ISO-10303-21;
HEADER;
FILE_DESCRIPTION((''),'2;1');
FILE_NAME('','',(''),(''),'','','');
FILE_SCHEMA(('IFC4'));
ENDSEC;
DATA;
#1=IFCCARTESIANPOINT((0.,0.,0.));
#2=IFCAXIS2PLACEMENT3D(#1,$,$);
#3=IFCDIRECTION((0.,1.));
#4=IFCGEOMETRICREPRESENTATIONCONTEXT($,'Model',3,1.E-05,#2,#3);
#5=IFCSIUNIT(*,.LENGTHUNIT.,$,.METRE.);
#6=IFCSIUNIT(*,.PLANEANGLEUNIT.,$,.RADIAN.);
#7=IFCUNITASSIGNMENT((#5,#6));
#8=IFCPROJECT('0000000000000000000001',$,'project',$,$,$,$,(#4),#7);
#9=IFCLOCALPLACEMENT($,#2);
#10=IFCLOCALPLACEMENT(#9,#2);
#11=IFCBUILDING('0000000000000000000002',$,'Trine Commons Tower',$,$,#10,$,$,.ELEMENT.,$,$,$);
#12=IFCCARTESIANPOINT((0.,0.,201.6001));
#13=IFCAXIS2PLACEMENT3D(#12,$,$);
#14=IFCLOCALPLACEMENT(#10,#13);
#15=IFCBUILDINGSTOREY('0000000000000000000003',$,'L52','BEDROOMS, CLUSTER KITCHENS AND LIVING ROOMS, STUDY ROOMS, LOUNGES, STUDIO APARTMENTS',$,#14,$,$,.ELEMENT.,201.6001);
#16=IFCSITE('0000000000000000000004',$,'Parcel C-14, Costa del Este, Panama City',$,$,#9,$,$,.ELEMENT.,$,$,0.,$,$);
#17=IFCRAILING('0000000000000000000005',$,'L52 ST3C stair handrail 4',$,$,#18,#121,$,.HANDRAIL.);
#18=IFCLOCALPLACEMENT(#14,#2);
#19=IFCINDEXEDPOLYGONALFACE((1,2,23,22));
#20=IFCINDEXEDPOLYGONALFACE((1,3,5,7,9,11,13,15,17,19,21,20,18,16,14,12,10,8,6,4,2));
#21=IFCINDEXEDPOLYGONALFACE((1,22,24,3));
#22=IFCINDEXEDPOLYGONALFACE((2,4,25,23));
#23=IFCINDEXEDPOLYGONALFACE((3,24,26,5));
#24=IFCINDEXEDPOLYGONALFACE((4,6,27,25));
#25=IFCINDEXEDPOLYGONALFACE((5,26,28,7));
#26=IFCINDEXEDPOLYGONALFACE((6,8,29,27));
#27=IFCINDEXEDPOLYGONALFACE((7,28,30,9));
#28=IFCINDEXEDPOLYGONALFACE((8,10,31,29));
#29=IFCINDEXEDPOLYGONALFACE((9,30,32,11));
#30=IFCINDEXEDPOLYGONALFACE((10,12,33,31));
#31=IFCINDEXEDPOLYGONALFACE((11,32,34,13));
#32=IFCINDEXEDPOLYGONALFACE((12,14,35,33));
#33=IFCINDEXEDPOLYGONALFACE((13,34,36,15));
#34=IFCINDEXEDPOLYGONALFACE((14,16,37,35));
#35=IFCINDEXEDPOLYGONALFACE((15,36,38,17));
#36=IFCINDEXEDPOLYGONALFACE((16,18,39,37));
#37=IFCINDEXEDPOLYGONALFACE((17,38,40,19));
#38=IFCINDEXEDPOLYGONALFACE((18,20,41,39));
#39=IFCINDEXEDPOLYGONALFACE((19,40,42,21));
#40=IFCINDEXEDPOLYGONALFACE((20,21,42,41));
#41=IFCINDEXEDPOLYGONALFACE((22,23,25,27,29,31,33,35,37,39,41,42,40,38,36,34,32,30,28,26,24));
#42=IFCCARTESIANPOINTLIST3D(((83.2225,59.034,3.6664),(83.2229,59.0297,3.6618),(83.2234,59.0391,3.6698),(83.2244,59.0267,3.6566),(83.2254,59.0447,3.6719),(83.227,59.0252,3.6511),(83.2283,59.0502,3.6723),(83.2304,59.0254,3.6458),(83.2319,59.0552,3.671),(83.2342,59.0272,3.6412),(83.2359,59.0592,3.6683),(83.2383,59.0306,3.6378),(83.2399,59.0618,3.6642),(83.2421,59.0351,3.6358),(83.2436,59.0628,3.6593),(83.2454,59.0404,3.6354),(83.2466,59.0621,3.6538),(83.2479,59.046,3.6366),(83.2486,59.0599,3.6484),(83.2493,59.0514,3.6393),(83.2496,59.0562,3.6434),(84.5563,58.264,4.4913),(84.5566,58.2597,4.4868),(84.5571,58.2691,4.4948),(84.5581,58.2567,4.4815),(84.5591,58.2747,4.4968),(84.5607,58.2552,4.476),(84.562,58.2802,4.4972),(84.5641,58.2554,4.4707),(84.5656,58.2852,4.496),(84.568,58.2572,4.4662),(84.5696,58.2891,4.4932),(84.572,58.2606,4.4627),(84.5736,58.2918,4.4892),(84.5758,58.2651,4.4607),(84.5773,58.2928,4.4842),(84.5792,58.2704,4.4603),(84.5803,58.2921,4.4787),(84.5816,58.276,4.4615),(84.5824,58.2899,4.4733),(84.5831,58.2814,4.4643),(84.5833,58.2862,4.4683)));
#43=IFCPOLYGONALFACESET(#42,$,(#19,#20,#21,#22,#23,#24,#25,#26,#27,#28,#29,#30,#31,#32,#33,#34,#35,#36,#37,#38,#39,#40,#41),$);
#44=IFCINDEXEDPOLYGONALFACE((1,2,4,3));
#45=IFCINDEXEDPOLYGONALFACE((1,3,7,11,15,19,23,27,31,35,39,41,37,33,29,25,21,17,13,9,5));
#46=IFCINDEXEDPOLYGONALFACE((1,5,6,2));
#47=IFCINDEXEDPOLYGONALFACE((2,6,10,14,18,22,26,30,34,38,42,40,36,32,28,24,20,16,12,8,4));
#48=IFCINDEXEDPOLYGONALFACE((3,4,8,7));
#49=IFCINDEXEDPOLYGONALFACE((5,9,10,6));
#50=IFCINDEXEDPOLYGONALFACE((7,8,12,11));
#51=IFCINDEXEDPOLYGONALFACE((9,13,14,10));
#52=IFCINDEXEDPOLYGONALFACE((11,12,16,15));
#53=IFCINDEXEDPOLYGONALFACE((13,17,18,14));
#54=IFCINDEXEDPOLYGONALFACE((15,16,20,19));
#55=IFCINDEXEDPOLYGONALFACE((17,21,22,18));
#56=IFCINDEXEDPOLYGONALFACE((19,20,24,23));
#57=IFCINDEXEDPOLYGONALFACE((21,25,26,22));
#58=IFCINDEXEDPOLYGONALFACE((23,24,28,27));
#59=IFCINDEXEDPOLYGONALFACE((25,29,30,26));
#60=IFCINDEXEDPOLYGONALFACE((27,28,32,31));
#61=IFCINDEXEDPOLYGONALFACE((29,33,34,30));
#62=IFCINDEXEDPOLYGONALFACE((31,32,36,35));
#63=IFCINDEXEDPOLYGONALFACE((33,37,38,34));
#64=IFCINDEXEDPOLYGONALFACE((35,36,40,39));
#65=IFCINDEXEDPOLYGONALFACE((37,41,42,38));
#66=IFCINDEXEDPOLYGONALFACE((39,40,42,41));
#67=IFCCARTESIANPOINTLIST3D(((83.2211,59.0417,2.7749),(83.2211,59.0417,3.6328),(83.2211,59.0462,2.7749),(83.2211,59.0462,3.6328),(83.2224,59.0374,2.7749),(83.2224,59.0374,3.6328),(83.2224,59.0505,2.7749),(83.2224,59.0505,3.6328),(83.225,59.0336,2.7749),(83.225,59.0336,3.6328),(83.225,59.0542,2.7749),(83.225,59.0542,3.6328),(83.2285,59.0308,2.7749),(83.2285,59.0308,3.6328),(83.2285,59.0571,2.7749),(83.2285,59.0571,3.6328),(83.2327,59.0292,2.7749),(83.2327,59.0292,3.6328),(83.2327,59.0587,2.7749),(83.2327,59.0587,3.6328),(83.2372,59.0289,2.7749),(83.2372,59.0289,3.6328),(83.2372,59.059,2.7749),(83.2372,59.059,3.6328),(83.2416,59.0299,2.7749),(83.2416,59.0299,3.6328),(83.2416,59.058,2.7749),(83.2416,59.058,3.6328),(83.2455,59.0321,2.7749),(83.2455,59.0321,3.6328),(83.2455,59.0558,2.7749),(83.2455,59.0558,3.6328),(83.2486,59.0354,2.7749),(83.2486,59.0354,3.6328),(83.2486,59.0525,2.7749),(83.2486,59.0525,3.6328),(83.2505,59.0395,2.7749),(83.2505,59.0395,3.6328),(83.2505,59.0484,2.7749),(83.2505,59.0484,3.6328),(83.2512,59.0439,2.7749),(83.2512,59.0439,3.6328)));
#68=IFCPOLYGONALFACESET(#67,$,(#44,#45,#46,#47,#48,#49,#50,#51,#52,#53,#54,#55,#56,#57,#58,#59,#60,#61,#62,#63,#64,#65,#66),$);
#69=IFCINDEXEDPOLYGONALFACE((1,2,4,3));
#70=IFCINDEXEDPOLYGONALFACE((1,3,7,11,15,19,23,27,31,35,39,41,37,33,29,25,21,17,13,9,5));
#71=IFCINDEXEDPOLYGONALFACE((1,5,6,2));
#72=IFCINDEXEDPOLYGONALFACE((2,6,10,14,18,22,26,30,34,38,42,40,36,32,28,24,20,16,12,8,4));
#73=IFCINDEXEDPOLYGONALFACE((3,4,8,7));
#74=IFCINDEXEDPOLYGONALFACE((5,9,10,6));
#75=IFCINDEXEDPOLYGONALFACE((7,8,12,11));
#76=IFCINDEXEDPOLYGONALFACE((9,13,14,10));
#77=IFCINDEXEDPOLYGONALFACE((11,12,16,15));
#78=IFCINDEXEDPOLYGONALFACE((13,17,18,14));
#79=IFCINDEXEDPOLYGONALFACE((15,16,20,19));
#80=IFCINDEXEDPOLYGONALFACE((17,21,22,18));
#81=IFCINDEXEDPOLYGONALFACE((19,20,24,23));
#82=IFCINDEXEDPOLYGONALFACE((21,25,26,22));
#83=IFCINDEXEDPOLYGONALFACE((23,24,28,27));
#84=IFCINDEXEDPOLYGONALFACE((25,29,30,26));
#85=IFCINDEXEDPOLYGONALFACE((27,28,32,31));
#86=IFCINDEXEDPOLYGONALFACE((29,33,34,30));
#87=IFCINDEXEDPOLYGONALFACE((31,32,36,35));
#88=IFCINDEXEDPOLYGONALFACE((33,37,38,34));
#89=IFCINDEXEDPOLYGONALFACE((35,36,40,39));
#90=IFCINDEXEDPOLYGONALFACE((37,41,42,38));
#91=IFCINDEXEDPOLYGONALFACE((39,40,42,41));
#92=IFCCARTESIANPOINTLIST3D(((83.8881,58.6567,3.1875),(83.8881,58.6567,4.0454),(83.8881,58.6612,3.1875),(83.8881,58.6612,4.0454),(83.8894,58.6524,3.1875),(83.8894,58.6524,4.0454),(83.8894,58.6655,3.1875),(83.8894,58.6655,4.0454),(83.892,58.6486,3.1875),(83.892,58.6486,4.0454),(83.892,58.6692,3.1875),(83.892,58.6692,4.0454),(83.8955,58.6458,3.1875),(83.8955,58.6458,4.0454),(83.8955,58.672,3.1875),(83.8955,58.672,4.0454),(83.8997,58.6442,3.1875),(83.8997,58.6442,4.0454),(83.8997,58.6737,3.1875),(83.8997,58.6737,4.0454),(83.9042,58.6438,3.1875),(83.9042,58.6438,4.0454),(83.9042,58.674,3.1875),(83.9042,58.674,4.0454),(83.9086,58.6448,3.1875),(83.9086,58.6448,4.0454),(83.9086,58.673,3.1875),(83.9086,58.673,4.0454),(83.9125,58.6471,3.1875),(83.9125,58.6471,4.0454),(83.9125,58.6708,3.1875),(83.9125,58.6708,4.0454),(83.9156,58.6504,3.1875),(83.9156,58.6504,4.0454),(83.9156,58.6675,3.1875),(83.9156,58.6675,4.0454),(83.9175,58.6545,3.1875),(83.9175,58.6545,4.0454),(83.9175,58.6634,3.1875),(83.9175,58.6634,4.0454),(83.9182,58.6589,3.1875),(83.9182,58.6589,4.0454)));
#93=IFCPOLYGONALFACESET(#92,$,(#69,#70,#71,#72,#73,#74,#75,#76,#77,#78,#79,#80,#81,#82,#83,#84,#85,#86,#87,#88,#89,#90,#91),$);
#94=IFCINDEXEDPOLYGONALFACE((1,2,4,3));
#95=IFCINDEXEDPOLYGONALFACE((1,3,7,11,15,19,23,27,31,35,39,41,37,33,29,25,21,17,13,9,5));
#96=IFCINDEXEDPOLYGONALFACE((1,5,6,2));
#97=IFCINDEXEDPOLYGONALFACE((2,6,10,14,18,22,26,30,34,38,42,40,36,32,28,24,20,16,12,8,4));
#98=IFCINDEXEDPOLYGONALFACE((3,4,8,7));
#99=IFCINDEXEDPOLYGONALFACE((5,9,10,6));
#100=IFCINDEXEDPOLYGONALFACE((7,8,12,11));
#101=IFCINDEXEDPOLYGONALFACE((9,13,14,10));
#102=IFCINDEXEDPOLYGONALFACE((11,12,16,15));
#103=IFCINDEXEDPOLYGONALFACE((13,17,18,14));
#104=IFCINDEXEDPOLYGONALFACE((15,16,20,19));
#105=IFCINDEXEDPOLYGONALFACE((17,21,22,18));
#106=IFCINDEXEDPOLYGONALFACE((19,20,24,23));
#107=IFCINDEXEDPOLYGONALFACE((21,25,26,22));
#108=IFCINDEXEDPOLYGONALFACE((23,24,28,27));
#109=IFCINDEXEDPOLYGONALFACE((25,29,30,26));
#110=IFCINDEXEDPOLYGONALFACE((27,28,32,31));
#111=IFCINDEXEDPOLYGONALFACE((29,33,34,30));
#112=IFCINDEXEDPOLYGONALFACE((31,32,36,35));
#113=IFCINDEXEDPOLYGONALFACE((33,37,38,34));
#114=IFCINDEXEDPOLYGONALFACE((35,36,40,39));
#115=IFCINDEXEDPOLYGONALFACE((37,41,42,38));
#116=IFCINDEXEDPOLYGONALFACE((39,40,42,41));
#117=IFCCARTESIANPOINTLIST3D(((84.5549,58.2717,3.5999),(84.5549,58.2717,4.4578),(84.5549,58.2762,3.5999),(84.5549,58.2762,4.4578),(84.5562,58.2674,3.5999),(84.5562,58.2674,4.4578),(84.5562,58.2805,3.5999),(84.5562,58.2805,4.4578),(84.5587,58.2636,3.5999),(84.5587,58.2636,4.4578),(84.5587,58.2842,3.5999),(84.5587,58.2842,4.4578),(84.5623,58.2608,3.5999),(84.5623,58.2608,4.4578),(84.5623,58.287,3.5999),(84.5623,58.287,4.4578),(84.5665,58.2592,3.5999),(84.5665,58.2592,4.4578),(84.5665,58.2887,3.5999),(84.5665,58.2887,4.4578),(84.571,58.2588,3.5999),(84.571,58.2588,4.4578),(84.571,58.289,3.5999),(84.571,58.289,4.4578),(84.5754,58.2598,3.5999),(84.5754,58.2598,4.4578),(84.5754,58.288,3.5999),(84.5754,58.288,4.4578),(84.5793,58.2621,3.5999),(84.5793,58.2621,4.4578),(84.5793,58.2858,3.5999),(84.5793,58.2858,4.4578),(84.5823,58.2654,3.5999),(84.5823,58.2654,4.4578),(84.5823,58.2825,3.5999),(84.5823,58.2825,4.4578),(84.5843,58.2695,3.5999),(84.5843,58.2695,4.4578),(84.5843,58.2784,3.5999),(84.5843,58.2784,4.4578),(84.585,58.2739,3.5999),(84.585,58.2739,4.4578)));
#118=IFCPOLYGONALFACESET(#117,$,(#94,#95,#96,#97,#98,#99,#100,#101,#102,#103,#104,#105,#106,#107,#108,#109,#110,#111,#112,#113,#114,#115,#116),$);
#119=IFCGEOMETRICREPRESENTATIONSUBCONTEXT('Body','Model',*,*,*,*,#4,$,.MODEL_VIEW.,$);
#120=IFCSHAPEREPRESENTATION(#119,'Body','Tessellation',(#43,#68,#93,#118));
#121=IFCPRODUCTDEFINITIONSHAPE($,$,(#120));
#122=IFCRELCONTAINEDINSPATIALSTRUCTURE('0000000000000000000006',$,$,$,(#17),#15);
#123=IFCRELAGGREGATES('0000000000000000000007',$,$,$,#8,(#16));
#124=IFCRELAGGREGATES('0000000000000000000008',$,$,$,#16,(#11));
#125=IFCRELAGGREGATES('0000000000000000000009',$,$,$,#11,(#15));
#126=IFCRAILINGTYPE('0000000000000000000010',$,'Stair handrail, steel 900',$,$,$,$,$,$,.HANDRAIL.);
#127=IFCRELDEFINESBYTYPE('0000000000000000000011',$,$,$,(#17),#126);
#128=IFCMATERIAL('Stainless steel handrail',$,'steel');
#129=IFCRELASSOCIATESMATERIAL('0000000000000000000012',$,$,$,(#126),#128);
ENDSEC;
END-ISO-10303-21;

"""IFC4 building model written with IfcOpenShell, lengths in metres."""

from ifc_helpers import new_model, si_unit, direction, frame, origin, origin_2d, place, context, subcontext, project, spatial, circle, extrude, material, type_object, element, save


model = new_model("IFC4")

# Units and contexts
model_context = context("Model", 3, precision=1e-05, world=origin(), true_north=direction((0.0, 1.0)))
body_context = subcontext(model_context, "Body", "Model", "MODEL_VIEW")
ifc_project = project(units=[si_unit("LENGTHUNIT", "METRE"), si_unit("PLANEANGLEUNIT", "RADIAN")], contexts=[model_context])

# Site, building, storey
site_placement = place(None, origin())
site = spatial("IfcSite", under=ifc_project, at=site_placement, Name="Parcel C-14, Costa del Este, Panama City", CompositionType="ELEMENT", RefElevation=0.0)
building_placement = place(site_placement, origin())
building = spatial("IfcBuilding", under=site, at=building_placement, Name="Trine Commons Tower", CompositionType="ELEMENT")
storey_placement = place(building_placement, frame((0.0, 0.0, 201.6001)))
storey = spatial("IfcBuildingStorey", under=building, at=storey_placement, Name="L52", Description="BEDROOMS, CLUSTER KITCHENS AND LIVING ROOMS, STUDY ROOMS, LOUNGES, STUDIO APARTMENTS", CompositionType="ELEMENT", Elevation=201.6001)

# Railing
ifc_material_1 = material(Name="Stainless steel handrail", Category="steel")
railing_type_1 = type_object("IfcRailingType", Name="Stair handrail, steel 900", PredefinedType="HANDRAIL", material=ifc_material_1)
for number, where, name in (
    (1, (83.2361, 59.0439, 2.7749), "L52 ST3C stair handrail 4"),
):
    element("IfcRailing", number, at=place(storey_placement, frame(where)), inside=storey, type_object=railing_type_1, Name=name, PredefinedType="HANDRAIL", context=body_context, shape_type="SweptSolid", body=[
        extrude(circle(Radius=0.021, at=origin_2d()), frame((0.0, 0.0, 0.8789), z_axis=(0.763405, -0.440743, 0.472185), x_axis=(0.499992, 0.86603, 0.0)), (0.0, 0.0, 1.0), 1.7471),
        extrude(circle(Radius=0.0151, at=origin_2d()), origin(), (0.0, 0.0, 1.0), 0.8579),
        extrude(circle(Radius=0.0151, at=origin_2d()), frame((0.667, -0.385, 0.4126)), (0.0, 0.0, 1.0), 0.8579),
        extrude(circle(Radius=0.0151, at=origin_2d()), frame((1.3337, -0.77, 0.825)), (0.0, 0.0, 1.0), 0.8579),
    ])

save(model, "model.ifc")
